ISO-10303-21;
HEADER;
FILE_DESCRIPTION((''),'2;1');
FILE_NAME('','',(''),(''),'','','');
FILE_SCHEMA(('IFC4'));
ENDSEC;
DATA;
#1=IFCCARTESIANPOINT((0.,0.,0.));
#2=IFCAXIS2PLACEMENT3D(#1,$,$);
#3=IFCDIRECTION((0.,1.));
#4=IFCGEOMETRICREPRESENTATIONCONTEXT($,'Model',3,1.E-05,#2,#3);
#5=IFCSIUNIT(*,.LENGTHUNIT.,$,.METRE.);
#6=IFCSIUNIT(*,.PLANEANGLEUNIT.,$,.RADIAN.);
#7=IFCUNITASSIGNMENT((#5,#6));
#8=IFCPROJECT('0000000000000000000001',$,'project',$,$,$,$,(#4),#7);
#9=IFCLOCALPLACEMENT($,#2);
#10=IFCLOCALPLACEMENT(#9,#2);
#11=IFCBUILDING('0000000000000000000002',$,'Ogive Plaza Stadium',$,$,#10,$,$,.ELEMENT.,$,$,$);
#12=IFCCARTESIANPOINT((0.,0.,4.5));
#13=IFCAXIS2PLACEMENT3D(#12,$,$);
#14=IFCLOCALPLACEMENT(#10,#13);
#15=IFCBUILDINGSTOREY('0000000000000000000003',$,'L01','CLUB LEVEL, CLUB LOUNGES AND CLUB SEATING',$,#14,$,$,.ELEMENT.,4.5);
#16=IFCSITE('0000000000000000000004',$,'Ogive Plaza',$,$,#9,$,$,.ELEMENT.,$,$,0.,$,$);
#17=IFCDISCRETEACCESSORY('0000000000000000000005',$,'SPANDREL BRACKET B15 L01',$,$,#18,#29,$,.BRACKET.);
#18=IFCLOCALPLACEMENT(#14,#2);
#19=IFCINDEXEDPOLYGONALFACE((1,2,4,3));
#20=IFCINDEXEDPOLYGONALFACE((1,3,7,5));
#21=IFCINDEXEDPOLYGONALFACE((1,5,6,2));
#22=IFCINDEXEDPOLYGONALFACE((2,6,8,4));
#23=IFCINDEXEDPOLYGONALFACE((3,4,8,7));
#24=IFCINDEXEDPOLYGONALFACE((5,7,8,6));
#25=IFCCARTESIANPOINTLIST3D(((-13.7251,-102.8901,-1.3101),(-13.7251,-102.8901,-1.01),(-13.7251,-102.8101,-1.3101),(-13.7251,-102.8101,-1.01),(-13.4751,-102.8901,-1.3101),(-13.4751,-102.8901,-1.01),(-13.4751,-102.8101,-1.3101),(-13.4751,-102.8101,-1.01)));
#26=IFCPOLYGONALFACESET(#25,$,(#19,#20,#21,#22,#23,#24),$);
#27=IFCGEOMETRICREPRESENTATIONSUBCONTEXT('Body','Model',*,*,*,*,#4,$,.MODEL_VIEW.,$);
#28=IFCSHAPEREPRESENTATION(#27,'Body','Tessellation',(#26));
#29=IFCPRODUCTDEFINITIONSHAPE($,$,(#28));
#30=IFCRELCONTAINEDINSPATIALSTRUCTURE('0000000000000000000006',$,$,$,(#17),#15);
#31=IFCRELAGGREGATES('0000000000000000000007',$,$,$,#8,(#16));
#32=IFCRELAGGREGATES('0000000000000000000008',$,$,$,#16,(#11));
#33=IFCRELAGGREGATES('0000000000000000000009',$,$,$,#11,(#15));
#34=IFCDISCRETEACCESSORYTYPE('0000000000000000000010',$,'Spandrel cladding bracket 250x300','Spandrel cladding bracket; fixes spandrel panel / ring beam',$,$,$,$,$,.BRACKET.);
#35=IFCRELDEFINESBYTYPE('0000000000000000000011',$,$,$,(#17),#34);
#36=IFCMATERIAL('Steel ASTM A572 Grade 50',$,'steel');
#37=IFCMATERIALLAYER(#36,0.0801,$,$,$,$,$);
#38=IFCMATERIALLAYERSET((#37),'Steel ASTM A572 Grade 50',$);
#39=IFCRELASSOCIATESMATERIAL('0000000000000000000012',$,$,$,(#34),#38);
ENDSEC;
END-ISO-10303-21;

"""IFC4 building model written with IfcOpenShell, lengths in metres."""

from ifc_helpers import new_model, si_unit, direction, frame, origin, origin_2d, place, context, subcontext, project, spatial, rectangle, extrude, material, layer, layer_set, type_object, element, save


model = new_model("IFC4")

# Units and contexts
model_context = context("Model", 3, precision=1e-05, world=origin(), true_north=direction((0.0, 1.0)))
body_context = subcontext(model_context, "Body", "Model", "MODEL_VIEW")
ifc_project = project(units=[si_unit("LENGTHUNIT", "METRE"), si_unit("PLANEANGLEUNIT", "RADIAN")], contexts=[model_context])

# Site, building, storey
site_placement = place(None, origin())
site = spatial("IfcSite", under=ifc_project, at=site_placement, Name="Ogive Plaza", CompositionType="ELEMENT", RefElevation=0.0)
building_placement = place(site_placement, origin())
building = spatial("IfcBuilding", under=site, at=building_placement, Name="Ogive Plaza Stadium", CompositionType="ELEMENT")
storey_placement = place(building_placement, frame((0.0, 0.0, 4.5)))
storey = spatial("IfcBuildingStorey", under=building, at=storey_placement, Name="L01", Description="CLUB LEVEL, CLUB LOUNGES AND CLUB SEATING", CompositionType="ELEMENT", Elevation=4.5)

# Discrete accessory
ifc_material_1 = material(Name="Steel ASTM A572 Grade 50", Category="steel")
ifc_layer_1 = layer(ifc_material_1, 0.0801)
ifc_layer_set_1 = layer_set([ifc_layer_1], Name="Steel ASTM A572 Grade 50")
discrete_accessory_type = type_object("IfcDiscreteAccessoryType", Name="Spandrel cladding bracket 250x300", Description="Spandrel cladding bracket; fixes spandrel panel / ring beam", PredefinedType="BRACKET", material=ifc_layer_set_1)
discrete_accessory_placement = place(storey_placement, frame((-13.6001, -102.8501, -1.3101), z_axis=(0.0, 0.0, 1.0), x_axis=(-1.0, 0.0, 0.0)))
element("IfcDiscreteAccessory", 1, at=discrete_accessory_placement, inside=storey, type_object=discrete_accessory_type, Name="SPANDREL BRACKET B15 L01", PredefinedType="BRACKET", context=body_context, shape_type="SweptSolid", body=[
    extrude(rectangle(XDim=0.25, YDim=0.0801, at=origin_2d()), origin(), (0.0, 0.0, 1.0), 0.3),
])

save(model, "model.ifc")
